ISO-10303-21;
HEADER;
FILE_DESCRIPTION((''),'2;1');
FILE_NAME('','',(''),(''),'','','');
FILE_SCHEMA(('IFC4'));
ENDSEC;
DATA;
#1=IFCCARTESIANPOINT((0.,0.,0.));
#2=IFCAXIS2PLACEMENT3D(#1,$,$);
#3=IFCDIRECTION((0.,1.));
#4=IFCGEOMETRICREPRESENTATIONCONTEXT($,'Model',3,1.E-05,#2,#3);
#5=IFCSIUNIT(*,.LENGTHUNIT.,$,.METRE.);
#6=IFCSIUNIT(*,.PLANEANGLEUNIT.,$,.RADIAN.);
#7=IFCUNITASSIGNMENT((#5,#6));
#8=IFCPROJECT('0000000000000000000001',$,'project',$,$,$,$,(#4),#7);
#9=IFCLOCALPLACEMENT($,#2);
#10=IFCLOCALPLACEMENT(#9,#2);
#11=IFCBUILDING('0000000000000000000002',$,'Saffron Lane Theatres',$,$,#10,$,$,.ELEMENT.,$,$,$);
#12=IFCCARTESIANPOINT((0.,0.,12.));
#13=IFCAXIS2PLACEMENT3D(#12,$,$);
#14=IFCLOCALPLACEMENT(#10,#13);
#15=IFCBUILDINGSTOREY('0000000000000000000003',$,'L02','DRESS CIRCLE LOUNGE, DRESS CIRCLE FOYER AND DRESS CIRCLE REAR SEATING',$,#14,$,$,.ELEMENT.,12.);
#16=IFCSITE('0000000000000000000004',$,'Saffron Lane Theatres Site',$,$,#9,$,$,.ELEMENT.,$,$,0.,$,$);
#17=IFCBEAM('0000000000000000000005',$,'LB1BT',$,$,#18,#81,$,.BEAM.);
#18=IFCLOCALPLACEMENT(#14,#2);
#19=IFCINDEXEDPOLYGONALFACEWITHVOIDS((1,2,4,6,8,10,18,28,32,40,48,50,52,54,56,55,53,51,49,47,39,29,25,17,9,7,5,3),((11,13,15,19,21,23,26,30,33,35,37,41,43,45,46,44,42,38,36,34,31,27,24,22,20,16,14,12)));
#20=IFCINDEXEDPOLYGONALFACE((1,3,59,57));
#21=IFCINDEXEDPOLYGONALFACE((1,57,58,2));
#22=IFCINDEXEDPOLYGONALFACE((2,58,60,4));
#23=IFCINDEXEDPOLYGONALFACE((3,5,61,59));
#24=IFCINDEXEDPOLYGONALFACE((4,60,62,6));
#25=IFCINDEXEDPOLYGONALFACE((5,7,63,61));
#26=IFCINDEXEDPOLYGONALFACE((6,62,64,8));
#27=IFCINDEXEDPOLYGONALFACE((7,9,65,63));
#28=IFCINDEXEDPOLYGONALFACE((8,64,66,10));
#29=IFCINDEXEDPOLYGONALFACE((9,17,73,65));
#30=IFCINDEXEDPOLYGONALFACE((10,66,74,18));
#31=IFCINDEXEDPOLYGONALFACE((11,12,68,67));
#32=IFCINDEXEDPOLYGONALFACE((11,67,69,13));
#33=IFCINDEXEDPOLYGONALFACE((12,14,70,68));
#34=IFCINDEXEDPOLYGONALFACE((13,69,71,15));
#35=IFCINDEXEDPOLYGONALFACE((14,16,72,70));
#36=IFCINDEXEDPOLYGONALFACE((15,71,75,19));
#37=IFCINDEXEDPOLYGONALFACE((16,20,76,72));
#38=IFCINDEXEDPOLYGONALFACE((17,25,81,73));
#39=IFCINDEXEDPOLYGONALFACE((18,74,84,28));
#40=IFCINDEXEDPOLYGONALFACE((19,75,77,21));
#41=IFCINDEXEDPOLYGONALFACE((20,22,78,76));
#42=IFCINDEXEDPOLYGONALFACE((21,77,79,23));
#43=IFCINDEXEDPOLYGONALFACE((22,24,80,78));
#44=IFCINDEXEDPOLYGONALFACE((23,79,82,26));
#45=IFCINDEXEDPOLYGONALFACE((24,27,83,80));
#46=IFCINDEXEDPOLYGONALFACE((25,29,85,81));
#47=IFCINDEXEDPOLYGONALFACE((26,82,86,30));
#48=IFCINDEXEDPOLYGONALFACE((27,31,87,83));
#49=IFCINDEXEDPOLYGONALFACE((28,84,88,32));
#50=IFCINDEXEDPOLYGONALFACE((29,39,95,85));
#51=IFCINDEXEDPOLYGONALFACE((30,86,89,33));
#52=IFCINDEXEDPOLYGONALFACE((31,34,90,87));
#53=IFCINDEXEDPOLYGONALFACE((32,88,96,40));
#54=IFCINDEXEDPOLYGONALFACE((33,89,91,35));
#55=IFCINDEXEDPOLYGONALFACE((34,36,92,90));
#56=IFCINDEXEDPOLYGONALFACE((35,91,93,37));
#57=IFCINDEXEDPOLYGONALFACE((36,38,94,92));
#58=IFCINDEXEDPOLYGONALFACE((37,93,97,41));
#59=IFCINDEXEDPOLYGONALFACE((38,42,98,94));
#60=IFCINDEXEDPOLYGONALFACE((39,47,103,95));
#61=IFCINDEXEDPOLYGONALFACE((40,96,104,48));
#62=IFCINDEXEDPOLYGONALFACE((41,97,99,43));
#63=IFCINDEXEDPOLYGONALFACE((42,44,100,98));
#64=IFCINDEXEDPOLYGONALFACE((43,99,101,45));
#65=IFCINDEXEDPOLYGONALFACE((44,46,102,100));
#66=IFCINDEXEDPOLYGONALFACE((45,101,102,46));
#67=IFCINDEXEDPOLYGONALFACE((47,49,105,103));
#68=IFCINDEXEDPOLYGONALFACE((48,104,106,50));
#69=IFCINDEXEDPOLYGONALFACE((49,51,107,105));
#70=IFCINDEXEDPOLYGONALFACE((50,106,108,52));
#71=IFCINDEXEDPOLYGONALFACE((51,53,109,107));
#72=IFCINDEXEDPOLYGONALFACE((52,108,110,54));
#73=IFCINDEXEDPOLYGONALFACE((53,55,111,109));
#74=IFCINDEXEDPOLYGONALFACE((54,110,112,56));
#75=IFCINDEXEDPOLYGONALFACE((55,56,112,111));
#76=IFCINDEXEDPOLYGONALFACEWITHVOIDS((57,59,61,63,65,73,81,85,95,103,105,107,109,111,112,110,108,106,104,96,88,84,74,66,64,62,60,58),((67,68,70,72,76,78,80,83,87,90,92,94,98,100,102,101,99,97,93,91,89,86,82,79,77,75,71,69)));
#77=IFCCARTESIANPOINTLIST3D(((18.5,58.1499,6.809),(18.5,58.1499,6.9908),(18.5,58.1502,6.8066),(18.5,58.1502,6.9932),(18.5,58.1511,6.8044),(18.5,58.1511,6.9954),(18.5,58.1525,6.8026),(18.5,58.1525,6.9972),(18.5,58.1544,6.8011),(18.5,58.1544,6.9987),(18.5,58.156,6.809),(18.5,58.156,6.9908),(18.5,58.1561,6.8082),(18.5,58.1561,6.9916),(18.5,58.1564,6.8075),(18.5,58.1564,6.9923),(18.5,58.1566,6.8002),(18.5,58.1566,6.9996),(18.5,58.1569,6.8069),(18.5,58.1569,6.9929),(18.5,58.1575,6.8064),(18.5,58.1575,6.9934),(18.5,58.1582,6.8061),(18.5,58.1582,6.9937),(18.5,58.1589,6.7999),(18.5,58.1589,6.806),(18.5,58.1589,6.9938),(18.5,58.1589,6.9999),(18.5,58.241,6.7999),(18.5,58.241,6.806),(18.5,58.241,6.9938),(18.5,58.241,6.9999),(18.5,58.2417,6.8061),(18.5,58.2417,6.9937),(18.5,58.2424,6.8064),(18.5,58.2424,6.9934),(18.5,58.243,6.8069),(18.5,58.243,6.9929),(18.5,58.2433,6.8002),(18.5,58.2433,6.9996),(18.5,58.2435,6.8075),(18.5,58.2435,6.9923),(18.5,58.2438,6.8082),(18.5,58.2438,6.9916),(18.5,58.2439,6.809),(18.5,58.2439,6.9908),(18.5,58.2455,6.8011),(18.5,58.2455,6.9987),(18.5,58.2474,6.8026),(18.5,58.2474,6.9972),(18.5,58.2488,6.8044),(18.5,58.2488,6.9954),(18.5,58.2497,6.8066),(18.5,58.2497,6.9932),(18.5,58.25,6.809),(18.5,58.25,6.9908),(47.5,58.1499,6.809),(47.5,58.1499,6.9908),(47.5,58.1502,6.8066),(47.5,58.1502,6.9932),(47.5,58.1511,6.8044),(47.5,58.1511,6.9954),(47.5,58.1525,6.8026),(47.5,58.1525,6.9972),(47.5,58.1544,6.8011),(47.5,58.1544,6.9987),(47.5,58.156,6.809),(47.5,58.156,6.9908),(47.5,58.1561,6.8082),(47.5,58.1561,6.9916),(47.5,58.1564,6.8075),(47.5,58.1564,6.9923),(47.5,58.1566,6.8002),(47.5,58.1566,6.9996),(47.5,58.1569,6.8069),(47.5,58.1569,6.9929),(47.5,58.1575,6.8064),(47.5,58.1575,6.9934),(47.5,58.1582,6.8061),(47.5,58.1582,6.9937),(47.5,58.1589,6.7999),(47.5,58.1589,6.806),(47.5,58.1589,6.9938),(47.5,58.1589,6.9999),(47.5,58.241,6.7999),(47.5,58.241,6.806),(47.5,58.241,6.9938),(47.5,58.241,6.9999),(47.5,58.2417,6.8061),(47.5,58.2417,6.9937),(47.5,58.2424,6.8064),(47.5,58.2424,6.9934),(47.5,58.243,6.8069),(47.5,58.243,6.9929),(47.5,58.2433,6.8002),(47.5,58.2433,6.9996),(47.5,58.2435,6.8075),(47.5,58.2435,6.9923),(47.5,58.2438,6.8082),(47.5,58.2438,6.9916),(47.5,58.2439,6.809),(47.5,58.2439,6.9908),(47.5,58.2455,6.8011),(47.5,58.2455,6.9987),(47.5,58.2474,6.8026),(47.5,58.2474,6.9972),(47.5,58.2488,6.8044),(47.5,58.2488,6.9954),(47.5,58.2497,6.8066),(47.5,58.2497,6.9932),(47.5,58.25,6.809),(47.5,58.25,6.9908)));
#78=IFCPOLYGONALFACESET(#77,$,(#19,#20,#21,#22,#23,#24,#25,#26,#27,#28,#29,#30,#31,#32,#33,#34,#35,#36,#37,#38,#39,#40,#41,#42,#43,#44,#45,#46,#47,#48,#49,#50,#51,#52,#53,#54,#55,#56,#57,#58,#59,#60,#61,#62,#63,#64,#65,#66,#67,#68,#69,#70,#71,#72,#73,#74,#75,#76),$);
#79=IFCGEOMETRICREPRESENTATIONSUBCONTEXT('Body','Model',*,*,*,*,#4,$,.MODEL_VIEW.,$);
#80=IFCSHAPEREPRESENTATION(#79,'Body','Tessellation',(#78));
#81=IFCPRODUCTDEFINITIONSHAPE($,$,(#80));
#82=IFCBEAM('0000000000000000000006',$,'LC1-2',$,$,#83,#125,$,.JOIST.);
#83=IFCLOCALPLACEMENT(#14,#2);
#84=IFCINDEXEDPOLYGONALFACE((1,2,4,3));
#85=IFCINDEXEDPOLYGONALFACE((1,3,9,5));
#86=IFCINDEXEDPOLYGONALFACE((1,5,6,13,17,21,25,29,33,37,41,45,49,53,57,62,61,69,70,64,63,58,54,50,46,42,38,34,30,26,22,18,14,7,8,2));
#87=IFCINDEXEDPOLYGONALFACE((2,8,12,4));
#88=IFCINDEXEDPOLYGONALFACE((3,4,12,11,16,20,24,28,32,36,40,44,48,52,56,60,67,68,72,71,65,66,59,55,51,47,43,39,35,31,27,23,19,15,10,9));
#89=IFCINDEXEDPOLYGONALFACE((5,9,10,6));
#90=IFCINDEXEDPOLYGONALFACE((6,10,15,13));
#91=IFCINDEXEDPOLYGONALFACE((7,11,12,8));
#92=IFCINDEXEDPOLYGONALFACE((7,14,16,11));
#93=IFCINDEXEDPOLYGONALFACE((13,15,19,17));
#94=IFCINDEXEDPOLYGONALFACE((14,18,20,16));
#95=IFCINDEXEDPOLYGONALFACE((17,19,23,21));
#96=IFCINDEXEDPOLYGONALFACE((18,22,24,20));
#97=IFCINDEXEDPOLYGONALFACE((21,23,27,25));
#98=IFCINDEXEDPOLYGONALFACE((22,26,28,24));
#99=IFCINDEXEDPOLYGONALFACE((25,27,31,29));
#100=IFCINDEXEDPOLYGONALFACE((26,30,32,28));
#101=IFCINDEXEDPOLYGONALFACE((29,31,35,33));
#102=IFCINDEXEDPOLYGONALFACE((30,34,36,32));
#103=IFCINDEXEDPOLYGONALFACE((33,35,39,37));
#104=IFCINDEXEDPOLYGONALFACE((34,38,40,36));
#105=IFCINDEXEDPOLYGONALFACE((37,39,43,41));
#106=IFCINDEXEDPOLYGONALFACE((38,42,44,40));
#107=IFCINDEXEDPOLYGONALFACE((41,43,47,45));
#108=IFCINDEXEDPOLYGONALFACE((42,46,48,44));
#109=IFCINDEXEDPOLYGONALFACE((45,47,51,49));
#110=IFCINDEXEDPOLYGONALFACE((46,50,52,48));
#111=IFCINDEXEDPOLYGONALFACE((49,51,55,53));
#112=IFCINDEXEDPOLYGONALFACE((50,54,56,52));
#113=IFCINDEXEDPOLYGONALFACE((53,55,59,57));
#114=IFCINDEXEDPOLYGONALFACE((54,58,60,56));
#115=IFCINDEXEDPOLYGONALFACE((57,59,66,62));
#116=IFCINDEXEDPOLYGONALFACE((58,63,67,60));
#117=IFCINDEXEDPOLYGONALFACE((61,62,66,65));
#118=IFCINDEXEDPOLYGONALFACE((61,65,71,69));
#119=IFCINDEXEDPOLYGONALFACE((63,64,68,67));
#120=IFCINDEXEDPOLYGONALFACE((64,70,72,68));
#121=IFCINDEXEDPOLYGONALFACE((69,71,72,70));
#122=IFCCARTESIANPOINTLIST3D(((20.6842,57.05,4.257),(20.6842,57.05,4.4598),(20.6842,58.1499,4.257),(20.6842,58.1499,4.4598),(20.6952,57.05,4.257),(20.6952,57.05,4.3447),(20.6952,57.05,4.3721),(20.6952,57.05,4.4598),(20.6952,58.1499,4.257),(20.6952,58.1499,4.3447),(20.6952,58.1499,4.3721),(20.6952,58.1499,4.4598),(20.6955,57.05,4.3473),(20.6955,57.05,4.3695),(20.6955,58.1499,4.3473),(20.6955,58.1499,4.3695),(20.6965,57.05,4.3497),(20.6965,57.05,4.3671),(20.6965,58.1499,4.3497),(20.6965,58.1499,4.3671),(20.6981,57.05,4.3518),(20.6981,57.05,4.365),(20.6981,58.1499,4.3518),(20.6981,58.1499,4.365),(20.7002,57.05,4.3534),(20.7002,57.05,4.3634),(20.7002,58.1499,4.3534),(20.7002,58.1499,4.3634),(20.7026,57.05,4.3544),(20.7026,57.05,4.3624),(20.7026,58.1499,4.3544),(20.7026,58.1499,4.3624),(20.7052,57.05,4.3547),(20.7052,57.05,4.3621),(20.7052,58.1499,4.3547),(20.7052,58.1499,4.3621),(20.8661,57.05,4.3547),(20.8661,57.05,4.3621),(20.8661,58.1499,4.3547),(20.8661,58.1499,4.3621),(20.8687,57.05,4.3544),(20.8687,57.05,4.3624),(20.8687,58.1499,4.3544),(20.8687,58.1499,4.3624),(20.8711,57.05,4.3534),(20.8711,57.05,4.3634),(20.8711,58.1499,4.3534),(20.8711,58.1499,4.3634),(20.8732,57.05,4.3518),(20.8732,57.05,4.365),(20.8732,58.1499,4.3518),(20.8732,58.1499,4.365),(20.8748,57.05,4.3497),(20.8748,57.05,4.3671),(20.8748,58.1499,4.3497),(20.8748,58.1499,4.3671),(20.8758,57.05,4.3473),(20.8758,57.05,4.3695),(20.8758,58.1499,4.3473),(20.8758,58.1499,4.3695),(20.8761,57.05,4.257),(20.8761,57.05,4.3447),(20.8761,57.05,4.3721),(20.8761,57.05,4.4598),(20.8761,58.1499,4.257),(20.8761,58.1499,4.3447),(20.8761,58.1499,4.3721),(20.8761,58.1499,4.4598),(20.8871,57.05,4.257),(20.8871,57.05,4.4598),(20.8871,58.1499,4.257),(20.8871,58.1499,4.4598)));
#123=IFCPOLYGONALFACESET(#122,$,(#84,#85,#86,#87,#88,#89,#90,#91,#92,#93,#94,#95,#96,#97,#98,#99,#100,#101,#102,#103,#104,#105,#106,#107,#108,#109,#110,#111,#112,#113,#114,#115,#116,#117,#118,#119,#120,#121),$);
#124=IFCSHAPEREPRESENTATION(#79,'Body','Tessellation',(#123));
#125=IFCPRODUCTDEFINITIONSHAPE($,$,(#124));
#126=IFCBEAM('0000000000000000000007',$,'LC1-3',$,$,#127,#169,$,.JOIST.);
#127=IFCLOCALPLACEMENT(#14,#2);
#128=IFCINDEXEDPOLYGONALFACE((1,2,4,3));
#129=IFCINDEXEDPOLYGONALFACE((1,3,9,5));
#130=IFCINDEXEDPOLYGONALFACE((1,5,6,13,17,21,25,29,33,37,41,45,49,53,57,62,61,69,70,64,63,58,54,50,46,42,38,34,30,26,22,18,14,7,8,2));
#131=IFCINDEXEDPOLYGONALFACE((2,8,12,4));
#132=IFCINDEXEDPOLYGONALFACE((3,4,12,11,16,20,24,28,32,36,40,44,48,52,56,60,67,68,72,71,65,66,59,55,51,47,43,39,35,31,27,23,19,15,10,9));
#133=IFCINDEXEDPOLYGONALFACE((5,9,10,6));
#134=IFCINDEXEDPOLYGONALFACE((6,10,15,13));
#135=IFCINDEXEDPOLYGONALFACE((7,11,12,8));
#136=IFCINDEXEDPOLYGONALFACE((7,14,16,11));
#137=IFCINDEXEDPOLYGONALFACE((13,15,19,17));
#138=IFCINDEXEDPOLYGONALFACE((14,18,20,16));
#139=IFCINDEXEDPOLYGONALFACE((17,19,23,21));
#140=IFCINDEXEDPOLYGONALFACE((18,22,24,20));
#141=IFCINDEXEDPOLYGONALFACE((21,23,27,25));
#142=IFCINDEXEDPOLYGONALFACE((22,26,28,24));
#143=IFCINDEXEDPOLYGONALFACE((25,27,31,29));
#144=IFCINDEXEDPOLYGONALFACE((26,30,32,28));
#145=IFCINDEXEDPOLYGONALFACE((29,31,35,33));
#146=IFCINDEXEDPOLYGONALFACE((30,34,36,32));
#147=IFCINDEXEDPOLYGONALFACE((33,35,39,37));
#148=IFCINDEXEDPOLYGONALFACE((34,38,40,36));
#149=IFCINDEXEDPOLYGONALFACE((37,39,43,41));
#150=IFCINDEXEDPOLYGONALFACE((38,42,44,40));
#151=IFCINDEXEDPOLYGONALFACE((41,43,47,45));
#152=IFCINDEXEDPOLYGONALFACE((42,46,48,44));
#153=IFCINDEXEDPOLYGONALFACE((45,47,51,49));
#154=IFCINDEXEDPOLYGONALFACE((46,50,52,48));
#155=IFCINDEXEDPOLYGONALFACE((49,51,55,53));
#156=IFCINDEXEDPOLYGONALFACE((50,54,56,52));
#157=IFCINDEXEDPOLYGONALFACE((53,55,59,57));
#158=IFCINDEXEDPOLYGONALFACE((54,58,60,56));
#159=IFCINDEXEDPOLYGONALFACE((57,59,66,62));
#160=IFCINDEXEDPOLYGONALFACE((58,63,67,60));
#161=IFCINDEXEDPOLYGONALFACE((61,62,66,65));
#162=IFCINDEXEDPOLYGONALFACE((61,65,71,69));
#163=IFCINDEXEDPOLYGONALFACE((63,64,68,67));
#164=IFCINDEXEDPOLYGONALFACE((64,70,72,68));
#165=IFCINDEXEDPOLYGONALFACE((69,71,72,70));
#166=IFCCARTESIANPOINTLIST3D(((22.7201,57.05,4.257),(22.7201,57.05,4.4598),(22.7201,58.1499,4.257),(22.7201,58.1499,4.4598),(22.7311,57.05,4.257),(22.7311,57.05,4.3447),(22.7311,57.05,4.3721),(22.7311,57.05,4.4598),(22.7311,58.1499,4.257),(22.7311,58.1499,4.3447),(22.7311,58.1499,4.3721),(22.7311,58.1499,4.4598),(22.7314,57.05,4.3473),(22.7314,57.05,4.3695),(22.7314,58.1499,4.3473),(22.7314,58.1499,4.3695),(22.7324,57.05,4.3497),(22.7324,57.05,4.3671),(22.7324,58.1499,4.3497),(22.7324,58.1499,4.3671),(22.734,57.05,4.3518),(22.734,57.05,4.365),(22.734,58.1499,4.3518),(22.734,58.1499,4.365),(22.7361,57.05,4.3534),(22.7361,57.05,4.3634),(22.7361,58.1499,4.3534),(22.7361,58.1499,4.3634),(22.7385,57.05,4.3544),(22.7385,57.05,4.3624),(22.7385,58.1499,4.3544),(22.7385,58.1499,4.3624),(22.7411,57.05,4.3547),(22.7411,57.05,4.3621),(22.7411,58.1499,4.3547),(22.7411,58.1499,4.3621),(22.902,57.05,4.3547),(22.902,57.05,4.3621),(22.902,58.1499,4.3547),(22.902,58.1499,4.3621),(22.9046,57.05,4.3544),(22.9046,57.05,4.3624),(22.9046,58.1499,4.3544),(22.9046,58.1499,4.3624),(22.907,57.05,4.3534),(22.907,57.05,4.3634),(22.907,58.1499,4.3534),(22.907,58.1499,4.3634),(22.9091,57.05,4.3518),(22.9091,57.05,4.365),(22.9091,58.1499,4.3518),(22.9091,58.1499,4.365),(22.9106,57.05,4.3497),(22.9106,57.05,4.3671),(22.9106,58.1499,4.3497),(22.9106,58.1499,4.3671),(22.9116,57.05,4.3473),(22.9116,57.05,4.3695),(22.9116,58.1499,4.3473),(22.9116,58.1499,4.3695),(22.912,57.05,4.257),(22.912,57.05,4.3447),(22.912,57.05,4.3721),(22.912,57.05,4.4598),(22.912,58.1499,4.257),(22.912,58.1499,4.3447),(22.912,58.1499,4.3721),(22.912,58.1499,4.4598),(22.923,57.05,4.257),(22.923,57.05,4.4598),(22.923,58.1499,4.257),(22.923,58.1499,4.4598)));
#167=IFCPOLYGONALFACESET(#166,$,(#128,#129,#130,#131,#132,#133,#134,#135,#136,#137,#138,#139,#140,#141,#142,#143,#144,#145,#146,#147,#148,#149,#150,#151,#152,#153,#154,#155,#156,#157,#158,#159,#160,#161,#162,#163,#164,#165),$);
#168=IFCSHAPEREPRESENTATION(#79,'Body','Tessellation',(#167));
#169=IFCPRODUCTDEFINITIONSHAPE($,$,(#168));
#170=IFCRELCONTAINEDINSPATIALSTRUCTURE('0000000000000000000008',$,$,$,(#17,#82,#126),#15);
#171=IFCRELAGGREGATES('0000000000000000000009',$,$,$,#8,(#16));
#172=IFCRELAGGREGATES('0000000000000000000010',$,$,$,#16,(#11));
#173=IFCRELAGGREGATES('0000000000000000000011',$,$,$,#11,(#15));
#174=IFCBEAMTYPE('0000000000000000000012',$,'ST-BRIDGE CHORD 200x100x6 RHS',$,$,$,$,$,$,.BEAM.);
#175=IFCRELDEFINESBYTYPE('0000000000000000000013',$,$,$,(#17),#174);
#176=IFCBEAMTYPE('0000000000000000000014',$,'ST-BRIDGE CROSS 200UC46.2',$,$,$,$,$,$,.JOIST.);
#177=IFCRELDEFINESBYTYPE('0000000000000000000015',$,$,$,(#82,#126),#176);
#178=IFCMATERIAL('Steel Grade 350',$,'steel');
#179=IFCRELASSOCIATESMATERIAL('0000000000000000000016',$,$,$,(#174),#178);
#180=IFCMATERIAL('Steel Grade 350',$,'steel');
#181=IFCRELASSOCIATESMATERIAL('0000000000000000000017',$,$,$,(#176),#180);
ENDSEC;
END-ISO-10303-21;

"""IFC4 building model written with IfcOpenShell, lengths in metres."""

from ifc_helpers import new_model, si_unit, direction, frame, origin, origin_2d, place, context, subcontext, project, spatial, hollow_rectangle, i_section, extrude, material, material_profile, profile_set, type_object, element, save


model = new_model("IFC4")

# Units and contexts
model_context = context("Model", 3, precision=1e-05, world=origin(), true_north=direction((0.0, 1.0)))
body_context = subcontext(model_context, "Body", "Model", "MODEL_VIEW")
ifc_project = project(units=[si_unit("LENGTHUNIT", "METRE"), si_unit("PLANEANGLEUNIT", "RADIAN")], contexts=[model_context])

# Site, building, storey
site_placement = place(None, origin())
site = spatial("IfcSite", under=ifc_project, at=site_placement, Name="Saffron Lane Theatres Site", CompositionType="ELEMENT", RefElevation=0.0)
building_placement = place(site_placement, origin())
building = spatial("IfcBuilding", under=site, at=building_placement, Name="Saffron Lane Theatres", CompositionType="ELEMENT")
storey_placement = place(building_placement, frame((0.0, 0.0, 12.0)))
storey = spatial("IfcBuildingStorey", under=building, at=storey_placement, Name="L02", Description="DRESS CIRCLE LOUNGE, DRESS CIRCLE FOYER AND DRESS CIRCLE REAR SEATING", CompositionType="ELEMENT", Elevation=12.0)

# Beams
ifc_material_1 = material(Name="Steel Grade 350", Category="steel")
ifc_material_profile_1 = material_profile(ifc_material_1, hollow_rectangle(XDim=0.1001, YDim=0.2, WallThickness=0.0061, InnerFilletRadius=0.0029, OuterFilletRadius=0.009, at=origin_2d()))
ifc_profile_set_1 = profile_set([ifc_material_profile_1], Name="Steel Grade 350")
beam_type_1 = type_object("IfcBeamType", Name="ST-BRIDGE CHORD 200x100x6 RHS", PredefinedType="BEAM", material=ifc_profile_set_1)
beam_placement = place(storey_placement, frame((18.5, 58.2, 6.8999), z_axis=(1.0, 0.0, 0.0), x_axis=(0.0, 1.0, 0.0)))
element("IfcBeam", 1, at=beam_placement, inside=storey, type_object=beam_type_1, Name="LB1BT", PredefinedType="BEAM", context=body_context, shape_type="SweptSolid", body=[
    extrude(hollow_rectangle(XDim=0.1001, YDim=0.2, WallThickness=0.0061, InnerFilletRadius=0.0029, OuterFilletRadius=0.009, at=origin_2d()), origin(), (0.0, 0.0, 1.0), 29.0),
])
ifc_material_2 = material(Name="Steel Grade 350", Category="steel")
ifc_material_profile_2 = material_profile(ifc_material_2, i_section(OverallWidth=0.2029, OverallDepth=0.2029, WebThickness=0.0073, FlangeThickness=0.011, FilletRadius=0.01, at=origin_2d()))
ifc_profile_set_2 = profile_set([ifc_material_profile_2], Name="Steel Grade 350")
beam_type_2 = type_object("IfcBeamType", Name="ST-BRIDGE CROSS 200UC46.2", PredefinedType="JOIST", material=ifc_profile_set_2)
for number, where, z_axis, x_axis, name in (
    (2, (20.7856, 57.05, 4.3584), (0.0, 1.0, 0.0), (0.0, 0.0, 1.0), "LC1-2"),
    (3, (22.8215, 57.05, 4.3584), (0.0, 1.0, 0.0), (0.0, 0.0, 1.0), "LC1-3"),
):
    element("IfcBeam", number, at=place(storey_placement, frame(where, z_axis=z_axis, x_axis=x_axis)), inside=storey, type_object=beam_type_2, Name=name, PredefinedType="JOIST", context=body_context, shape_type="SweptSolid", body=[
        extrude(i_section(OverallWidth=0.2029, OverallDepth=0.2029, WebThickness=0.0073, FlangeThickness=0.011, FilletRadius=0.01, at=origin_2d()), origin(), (0.0, 0.0, 1.0), 1.0999),
    ])

save(model, "model.ifc")
